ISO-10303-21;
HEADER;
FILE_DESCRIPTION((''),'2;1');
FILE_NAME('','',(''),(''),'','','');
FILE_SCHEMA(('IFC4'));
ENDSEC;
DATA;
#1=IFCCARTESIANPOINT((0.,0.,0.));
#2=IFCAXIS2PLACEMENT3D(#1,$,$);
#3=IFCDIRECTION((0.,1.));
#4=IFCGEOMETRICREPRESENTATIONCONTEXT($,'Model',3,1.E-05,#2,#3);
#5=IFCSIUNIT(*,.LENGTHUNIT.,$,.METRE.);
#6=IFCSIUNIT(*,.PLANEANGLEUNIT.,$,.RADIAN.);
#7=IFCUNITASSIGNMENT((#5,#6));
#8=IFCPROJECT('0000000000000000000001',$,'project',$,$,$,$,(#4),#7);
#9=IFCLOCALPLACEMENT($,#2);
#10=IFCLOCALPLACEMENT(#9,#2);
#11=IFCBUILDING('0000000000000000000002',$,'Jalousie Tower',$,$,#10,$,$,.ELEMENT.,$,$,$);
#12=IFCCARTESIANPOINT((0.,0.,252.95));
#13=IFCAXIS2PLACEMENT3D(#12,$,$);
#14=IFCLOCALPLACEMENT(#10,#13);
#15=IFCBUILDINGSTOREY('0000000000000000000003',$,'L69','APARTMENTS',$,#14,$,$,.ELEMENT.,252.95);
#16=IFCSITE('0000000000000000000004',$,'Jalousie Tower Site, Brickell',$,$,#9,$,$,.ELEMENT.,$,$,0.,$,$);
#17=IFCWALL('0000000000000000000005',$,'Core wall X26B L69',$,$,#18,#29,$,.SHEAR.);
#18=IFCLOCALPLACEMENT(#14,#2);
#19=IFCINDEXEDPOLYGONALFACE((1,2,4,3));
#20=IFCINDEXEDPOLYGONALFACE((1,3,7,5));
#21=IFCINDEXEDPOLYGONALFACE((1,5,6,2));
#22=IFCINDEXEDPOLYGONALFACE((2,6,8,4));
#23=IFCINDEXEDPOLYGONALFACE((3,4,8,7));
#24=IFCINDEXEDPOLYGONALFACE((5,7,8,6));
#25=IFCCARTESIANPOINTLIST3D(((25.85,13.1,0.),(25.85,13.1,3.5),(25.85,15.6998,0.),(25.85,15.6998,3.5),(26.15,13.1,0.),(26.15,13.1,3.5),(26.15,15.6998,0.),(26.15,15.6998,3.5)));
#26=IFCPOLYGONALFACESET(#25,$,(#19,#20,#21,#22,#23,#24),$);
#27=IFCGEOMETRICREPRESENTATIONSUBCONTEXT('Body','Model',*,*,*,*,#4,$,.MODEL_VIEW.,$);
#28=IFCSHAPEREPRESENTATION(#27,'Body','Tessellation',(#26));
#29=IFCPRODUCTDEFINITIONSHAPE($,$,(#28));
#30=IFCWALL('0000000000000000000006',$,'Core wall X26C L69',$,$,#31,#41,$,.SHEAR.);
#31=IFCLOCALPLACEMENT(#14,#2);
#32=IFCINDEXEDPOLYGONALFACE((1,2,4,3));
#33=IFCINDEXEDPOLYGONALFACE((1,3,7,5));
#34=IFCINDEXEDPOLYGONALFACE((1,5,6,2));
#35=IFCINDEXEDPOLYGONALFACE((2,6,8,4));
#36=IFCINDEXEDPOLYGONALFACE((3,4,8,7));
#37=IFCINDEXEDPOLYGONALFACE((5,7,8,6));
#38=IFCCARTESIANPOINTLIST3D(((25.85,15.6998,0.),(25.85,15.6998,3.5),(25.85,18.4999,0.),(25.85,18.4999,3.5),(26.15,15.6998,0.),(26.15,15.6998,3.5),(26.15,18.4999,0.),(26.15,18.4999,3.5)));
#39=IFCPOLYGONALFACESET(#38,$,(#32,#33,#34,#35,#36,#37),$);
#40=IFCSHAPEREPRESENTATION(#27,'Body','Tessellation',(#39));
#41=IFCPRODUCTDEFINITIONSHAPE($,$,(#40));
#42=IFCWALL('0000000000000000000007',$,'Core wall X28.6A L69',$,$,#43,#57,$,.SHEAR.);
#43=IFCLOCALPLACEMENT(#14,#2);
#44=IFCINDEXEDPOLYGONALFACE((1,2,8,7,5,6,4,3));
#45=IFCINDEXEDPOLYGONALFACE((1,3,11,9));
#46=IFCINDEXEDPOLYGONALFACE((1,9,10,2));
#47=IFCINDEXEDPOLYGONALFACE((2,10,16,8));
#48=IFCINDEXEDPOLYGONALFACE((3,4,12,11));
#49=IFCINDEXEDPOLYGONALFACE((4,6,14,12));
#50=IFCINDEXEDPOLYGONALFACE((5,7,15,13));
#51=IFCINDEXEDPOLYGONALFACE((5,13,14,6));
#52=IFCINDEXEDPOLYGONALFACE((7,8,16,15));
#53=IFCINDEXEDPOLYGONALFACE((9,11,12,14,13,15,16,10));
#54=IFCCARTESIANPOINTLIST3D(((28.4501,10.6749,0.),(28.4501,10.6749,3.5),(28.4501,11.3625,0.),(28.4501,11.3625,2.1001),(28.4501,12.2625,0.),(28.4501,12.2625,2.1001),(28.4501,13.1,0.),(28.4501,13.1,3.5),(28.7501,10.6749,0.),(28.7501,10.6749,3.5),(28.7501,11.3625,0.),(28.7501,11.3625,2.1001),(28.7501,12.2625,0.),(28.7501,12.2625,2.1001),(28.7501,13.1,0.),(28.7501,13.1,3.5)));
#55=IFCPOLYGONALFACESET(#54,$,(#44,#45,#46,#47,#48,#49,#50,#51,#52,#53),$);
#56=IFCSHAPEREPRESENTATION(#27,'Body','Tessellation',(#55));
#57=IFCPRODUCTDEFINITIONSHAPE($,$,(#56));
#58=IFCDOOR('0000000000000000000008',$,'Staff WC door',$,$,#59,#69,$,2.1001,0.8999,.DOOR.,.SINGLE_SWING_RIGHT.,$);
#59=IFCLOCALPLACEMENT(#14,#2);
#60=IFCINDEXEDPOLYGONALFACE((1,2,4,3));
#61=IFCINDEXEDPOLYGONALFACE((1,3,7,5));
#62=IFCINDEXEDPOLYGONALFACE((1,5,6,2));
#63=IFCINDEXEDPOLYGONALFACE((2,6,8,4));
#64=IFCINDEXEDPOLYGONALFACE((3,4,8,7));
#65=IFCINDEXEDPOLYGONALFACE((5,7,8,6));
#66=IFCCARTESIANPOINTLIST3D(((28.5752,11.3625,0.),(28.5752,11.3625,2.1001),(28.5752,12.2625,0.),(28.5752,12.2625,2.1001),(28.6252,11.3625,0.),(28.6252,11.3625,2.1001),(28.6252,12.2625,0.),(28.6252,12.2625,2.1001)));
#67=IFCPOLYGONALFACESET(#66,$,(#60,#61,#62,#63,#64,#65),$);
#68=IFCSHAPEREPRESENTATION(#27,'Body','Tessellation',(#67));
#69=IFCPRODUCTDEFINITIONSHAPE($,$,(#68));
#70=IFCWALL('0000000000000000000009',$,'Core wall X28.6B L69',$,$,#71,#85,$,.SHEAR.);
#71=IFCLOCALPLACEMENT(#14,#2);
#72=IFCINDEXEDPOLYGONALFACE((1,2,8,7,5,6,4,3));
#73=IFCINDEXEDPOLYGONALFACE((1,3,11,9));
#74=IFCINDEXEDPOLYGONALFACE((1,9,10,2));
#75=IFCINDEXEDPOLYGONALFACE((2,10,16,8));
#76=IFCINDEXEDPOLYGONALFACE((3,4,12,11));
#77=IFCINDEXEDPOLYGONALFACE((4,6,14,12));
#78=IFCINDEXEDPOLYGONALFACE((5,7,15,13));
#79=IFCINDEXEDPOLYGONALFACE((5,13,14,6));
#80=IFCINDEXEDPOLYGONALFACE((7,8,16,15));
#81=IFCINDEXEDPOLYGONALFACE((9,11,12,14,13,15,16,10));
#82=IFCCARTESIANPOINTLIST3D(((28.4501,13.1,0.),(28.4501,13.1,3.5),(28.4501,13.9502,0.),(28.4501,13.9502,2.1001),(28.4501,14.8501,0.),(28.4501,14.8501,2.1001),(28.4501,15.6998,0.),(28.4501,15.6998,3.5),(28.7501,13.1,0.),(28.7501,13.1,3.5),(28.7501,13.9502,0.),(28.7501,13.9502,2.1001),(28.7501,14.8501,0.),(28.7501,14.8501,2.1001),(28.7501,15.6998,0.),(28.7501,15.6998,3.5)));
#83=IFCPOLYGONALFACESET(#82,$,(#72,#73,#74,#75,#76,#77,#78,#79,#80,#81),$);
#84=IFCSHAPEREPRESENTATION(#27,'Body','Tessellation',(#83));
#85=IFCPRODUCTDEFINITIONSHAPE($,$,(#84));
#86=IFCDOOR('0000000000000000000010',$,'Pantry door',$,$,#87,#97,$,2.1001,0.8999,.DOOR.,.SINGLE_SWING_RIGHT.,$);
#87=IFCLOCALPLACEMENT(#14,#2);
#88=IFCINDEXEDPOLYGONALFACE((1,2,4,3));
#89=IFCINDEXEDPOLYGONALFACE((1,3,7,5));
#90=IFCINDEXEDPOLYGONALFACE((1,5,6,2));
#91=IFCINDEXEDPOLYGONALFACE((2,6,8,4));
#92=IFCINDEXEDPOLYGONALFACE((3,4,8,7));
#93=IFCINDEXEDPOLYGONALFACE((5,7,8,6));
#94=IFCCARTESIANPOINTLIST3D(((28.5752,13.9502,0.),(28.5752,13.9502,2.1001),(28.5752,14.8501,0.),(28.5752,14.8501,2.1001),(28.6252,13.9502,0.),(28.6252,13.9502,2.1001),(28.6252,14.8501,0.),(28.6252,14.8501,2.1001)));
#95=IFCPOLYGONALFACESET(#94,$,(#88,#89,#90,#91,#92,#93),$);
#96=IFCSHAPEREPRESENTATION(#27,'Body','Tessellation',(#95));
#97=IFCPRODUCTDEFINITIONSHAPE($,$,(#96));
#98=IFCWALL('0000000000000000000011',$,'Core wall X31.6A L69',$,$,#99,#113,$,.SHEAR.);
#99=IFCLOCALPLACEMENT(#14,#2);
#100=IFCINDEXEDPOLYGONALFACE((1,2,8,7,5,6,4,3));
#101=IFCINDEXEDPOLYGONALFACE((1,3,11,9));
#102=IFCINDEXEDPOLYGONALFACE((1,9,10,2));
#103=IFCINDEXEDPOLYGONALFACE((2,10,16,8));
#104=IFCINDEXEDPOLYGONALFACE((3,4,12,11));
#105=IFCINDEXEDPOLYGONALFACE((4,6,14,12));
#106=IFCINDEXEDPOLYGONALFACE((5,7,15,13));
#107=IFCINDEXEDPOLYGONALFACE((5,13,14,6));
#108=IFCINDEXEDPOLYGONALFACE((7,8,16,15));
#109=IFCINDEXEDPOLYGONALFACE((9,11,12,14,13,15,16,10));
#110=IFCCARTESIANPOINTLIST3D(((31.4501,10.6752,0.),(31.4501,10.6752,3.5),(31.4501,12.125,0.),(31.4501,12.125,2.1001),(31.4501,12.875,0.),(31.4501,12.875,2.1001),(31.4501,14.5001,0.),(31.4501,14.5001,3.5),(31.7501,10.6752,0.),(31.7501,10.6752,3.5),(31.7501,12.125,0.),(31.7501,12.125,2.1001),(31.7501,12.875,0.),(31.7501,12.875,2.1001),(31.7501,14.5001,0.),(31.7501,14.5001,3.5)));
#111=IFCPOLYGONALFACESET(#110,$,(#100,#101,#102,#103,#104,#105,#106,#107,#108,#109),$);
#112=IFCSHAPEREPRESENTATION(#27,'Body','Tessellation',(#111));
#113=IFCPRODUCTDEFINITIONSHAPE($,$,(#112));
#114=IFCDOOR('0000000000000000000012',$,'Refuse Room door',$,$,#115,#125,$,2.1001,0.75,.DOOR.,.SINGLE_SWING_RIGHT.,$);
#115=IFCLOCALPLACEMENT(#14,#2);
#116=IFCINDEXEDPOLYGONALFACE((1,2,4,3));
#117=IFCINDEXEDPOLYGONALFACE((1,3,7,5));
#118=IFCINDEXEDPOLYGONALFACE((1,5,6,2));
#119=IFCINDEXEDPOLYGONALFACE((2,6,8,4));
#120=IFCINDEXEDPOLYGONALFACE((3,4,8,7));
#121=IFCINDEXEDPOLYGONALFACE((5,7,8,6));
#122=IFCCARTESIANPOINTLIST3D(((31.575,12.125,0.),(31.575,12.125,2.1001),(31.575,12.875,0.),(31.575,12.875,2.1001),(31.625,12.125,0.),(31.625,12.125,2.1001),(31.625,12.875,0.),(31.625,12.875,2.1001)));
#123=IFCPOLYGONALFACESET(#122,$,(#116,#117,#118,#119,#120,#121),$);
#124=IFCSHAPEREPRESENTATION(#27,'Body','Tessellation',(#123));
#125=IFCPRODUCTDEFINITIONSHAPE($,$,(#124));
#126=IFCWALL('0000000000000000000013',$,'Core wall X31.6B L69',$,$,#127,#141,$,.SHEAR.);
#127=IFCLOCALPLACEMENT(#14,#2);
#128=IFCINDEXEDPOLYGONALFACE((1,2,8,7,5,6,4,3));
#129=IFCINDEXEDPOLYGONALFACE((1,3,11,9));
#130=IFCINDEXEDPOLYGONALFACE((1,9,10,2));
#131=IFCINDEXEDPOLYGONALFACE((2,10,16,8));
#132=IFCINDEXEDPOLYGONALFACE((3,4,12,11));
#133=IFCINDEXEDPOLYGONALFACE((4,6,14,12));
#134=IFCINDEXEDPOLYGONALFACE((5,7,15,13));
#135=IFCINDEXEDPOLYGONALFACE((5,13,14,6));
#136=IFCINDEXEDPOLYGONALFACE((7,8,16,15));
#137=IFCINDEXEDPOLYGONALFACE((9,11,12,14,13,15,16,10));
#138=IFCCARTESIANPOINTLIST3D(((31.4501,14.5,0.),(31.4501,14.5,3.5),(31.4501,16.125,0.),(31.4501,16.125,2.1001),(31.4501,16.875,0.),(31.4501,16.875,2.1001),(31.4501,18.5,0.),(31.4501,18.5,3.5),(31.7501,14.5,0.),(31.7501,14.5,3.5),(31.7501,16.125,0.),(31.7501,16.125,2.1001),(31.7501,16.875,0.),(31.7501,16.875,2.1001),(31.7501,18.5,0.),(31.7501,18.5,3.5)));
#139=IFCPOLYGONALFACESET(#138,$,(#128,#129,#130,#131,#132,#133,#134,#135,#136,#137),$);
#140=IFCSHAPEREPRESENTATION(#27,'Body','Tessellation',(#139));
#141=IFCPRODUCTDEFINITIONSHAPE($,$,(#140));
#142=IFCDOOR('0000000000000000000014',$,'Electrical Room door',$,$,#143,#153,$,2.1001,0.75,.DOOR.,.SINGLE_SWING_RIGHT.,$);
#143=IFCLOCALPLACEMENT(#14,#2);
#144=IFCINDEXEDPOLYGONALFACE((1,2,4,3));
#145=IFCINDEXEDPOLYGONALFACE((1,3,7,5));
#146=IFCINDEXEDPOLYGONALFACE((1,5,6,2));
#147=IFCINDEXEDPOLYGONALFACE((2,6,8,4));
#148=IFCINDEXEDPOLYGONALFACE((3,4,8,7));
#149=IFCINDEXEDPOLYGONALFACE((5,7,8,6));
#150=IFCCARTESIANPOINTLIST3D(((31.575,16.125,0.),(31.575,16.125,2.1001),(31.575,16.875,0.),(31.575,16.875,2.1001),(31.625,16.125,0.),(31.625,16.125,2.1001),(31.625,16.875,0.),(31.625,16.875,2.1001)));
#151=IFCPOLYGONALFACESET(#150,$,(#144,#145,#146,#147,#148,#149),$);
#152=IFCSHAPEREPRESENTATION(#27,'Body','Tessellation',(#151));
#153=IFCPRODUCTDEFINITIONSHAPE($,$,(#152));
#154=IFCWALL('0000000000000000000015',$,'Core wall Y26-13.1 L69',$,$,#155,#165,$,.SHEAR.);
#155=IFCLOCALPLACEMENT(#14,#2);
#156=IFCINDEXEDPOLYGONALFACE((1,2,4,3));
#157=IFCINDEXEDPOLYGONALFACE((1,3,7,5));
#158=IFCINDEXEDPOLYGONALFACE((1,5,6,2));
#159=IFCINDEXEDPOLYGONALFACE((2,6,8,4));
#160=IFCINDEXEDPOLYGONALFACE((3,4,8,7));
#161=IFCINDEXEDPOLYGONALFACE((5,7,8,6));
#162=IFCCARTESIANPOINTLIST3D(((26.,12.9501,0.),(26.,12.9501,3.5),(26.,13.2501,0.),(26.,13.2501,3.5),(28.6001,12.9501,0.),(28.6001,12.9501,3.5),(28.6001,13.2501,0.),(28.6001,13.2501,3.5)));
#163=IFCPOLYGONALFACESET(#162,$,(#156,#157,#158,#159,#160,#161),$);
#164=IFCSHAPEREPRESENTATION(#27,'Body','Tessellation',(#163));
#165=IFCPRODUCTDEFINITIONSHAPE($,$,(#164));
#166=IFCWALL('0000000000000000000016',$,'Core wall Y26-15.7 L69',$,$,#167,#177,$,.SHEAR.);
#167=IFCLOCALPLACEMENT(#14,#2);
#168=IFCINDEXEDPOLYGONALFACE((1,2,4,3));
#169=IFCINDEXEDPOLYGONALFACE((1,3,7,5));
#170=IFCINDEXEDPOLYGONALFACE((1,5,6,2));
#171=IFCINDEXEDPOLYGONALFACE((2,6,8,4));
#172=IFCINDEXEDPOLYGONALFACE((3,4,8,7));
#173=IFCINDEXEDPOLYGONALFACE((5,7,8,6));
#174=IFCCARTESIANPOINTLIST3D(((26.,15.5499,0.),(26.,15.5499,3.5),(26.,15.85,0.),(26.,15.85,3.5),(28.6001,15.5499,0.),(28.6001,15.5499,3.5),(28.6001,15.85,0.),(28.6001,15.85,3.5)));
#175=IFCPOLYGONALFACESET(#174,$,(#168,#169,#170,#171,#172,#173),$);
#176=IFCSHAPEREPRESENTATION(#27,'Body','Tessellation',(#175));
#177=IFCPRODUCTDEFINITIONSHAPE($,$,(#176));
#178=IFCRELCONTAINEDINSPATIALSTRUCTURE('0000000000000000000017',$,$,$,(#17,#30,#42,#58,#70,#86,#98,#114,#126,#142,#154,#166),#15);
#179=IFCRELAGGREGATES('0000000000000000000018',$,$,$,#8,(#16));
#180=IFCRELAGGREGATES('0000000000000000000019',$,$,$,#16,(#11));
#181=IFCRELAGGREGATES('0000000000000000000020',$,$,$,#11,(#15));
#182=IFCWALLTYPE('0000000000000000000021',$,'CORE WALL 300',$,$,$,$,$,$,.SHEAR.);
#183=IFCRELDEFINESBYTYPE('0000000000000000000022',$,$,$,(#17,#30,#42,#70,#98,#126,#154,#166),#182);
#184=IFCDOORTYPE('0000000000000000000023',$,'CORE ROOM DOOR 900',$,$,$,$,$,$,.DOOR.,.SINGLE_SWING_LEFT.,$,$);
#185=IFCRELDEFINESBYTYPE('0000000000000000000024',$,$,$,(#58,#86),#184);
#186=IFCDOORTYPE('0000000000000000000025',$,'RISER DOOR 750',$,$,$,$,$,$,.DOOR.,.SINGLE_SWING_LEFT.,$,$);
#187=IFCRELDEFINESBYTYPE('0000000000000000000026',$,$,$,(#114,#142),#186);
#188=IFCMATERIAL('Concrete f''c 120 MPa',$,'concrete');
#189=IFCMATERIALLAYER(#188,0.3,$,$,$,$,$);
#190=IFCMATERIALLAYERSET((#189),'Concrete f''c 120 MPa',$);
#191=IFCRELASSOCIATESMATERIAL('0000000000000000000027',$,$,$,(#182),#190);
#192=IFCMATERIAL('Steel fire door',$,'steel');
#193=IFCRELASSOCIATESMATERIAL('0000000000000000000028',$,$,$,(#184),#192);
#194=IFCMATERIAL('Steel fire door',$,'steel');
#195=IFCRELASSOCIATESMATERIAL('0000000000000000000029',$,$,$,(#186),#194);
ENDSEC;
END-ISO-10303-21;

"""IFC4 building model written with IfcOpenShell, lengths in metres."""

from ifc_helpers import new_model, si_unit, direction, frame, frame_2d, origin, place, context, subcontext, project, spatial, rectangle, extrude, material, layer, layer_set, type_object, element, fill, save


model = new_model("IFC4")

# Units and contexts
model_context = context("Model", 3, precision=1e-05, world=origin(), true_north=direction((0.0, 1.0)))
body_context = subcontext(model_context, "Body", "Model", "MODEL_VIEW")
ifc_project = project(units=[si_unit("LENGTHUNIT", "METRE"), si_unit("PLANEANGLEUNIT", "RADIAN")], contexts=[model_context])

# Site, building, storey
site_placement = place(None, origin())
site = spatial("IfcSite", under=ifc_project, at=site_placement, Name="Jalousie Tower Site, Brickell", CompositionType="ELEMENT", RefElevation=0.0)
building_placement = place(site_placement, origin())
building = spatial("IfcBuilding", under=site, at=building_placement, Name="Jalousie Tower", CompositionType="ELEMENT")
storey_placement = place(building_placement, frame((0.0, 0.0, 252.95)))
storey = spatial("IfcBuildingStorey", under=building, at=storey_placement, Name="L69", Description="APARTMENTS", CompositionType="ELEMENT", Elevation=252.95)

# Walls
ifc_material_1 = material(Name="Concrete f'c 120 MPa", Category="concrete")
ifc_layer_1 = layer(ifc_material_1, 0.3)
ifc_layer_set_1 = layer_set([ifc_layer_1], Name="Concrete f'c 120 MPa")
wall_type_1 = type_object("IfcWallType", Name="CORE WALL 300", PredefinedType="SHEAR", material=ifc_layer_set_1)
wall_1_placement = place(storey_placement, frame((26.0, 13.1001, 0.0), z_axis=(0.0, 0.0, 1.0), x_axis=(0.0, 1.0, 0.0)))
element("IfcWall", 1, at=wall_1_placement, inside=storey, type_object=wall_type_1, Name="Core wall X26B L69", PredefinedType="SHEAR", context=body_context, shape_type="SweptSolid", body=[
    extrude(rectangle(XDim=2.5999, YDim=0.3, at=frame_2d((1.2998, 0.0))), origin(), (0.0, 0.0, 1.0), 3.5),
])
wall_2_placement = place(storey_placement, frame((26.0, 15.7, 0.0), z_axis=(0.0, 0.0, 1.0), x_axis=(0.0, 1.0, 0.0)))
element("IfcWall", 2, at=wall_2_placement, inside=storey, type_object=wall_type_1, Name="Core wall X26C L69", PredefinedType="SHEAR", context=body_context, shape_type="SweptSolid", body=[
    extrude(rectangle(XDim=2.8, YDim=0.3, at=frame_2d((1.3999, 0.0))), origin(), (0.0, 0.0, 1.0), 3.5),
])

# Walls, openings, doors
wall_3_placement = place(storey_placement, frame((28.6001, 10.675, 0.0), z_axis=(0.0, 0.0, 1.0), x_axis=(0.0, 1.0, 0.0)))
wall_3 = element("IfcWall", 3, at=wall_3_placement, inside=storey, type_object=wall_type_1, Name="Core wall X28.6A L69", PredefinedType="SHEAR", context=body_context, shape_type="SweptSolid", body=[
    extrude(rectangle(XDim=2.425, YDim=0.3, at=frame_2d((1.2124, 0.0))), origin(), (0.0, 0.0, 1.0), 3.5),
])
opening_1_placement = place(wall_3_placement, frame((0.6875, 0.0, 0.0)))
opening_1 = element("IfcOpeningElement", 4, at=opening_1_placement, cuts=wall_3, PredefinedType="OPENING", context=body_context, shape_type="SweptSolid", body=[
    extrude(rectangle(XDim=0.8999, YDim=2.1001, at=frame_2d((0.45, 1.05))), frame((0.0, 0.1599, 0.0), z_axis=(0.0, -1.0, 0.0), x_axis=(1.0, 0.0, 0.0)), (0.0, 0.0, 1.0), 0.3201),
])
ifc_material_2 = material(Name="Steel fire door", Category="steel")
door_type_1 = type_object("IfcDoorType", Name="CORE ROOM DOOR 900", OperationType="SINGLE_SWING_LEFT", PredefinedType="DOOR", material=ifc_material_2)
door_1_placement = place(opening_1_placement, origin())
door_1 = element("IfcDoor", 5, at=door_1_placement, inside=storey, type_object=door_type_1, Name="Staff WC door", OperationType="SINGLE_SWING_RIGHT", OverallHeight=2.1001, OverallWidth=0.8999, PredefinedType="DOOR", context=body_context, shape_type="SweptSolid", body=[
    extrude(rectangle(XDim=0.8999, YDim=2.1001, at=frame_2d((0.45, 1.05))), frame((0.0, 0.0249, 0.0), z_axis=(0.0, -1.0, 0.0), x_axis=(1.0, 0.0, 0.0)), (0.0, 0.0, 1.0), 0.05),
])
fill(opening_1, door_1)
wall_4_placement = place(storey_placement, frame((28.6001, 13.1001, 0.0), z_axis=(0.0, 0.0, 1.0), x_axis=(0.0, 1.0, 0.0)))
wall_4 = element("IfcWall", 6, at=wall_4_placement, inside=storey, type_object=wall_type_1, Name="Core wall X28.6B L69", PredefinedType="SHEAR", context=body_context, shape_type="SweptSolid", body=[
    extrude(rectangle(XDim=2.5999, YDim=0.3, at=frame_2d((1.2998, 0.0))), origin(), (0.0, 0.0, 1.0), 3.5),
])
opening_2_placement = place(wall_4_placement, frame((0.8501, 0.0, 0.0)))
opening_2 = element("IfcOpeningElement", 7, at=opening_2_placement, cuts=wall_4, PredefinedType="OPENING", context=body_context, shape_type="SweptSolid", body=[
    extrude(rectangle(XDim=0.8999, YDim=2.1001, at=frame_2d((0.45, 1.05))), frame((0.0, 0.1599, 0.0), z_axis=(0.0, -1.0, 0.0), x_axis=(1.0, 0.0, 0.0)), (0.0, 0.0, 1.0), 0.3201),
])
door_2_placement = place(opening_2_placement, origin())
door_2 = element("IfcDoor", 8, at=door_2_placement, inside=storey, type_object=door_type_1, Name="Pantry door", OperationType="SINGLE_SWING_RIGHT", OverallHeight=2.1001, OverallWidth=0.8999, PredefinedType="DOOR", context=body_context, shape_type="SweptSolid", body=[
    extrude(rectangle(XDim=0.8999, YDim=2.1001, at=frame_2d((0.45, 1.05))), frame((0.0, 0.0249, 0.0), z_axis=(0.0, -1.0, 0.0), x_axis=(1.0, 0.0, 0.0)), (0.0, 0.0, 1.0), 0.05),
])
fill(opening_2, door_2)
wall_5_placement = place(storey_placement, frame((31.6001, 10.675, 0.0), z_axis=(0.0, 0.0, 1.0), x_axis=(0.0, 1.0, 0.0)))
wall_5 = element("IfcWall", 9, at=wall_5_placement, inside=storey, type_object=wall_type_1, Name="Core wall X31.6A L69", PredefinedType="SHEAR", context=body_context, shape_type="SweptSolid", body=[
    extrude(rectangle(XDim=3.825, YDim=0.3, at=frame_2d((1.9126, 0.0))), origin(), (0.0, 0.0, 1.0), 3.5),
])
opening_3_placement = place(wall_5_placement, frame((1.45, 0.0, 0.0)))
opening_3 = element("IfcOpeningElement", 10, at=opening_3_placement, cuts=wall_5, PredefinedType="OPENING", context=body_context, shape_type="SweptSolid", body=[
    extrude(rectangle(XDim=0.75, YDim=2.1001, at=frame_2d((0.375, 1.05))), frame((0.0, 0.1599, 0.0), z_axis=(0.0, -1.0, 0.0), x_axis=(1.0, 0.0, 0.0)), (0.0, 0.0, 1.0), 0.3201),
])
ifc_material_3 = material(Name="Steel fire door", Category="steel")
door_type_2 = type_object("IfcDoorType", Name="RISER DOOR 750", OperationType="SINGLE_SWING_LEFT", PredefinedType="DOOR", material=ifc_material_3)
door_3_placement = place(opening_3_placement, frame((0.75, 0.0, 0.0), z_axis=(0.0, 0.0, 1.0), x_axis=(-1.0, 0.0, 0.0)))
door_3 = element("IfcDoor", 11, at=door_3_placement, inside=storey, type_object=door_type_2, Name="Refuse Room door", OperationType="SINGLE_SWING_RIGHT", OverallHeight=2.1001, OverallWidth=0.75, PredefinedType="DOOR", context=body_context, shape_type="SweptSolid", body=[
    extrude(rectangle(XDim=0.75, YDim=2.1001, at=frame_2d((0.375, 1.05))), frame((0.0, 0.0249, 0.0), z_axis=(0.0, -1.0, 0.0), x_axis=(1.0, 0.0, 0.0)), (0.0, 0.0, 1.0), 0.05),
])
fill(opening_3, door_3)
wall_6_placement = place(storey_placement, frame((31.6001, 14.5, 0.0), z_axis=(0.0, 0.0, 1.0), x_axis=(0.0, 1.0, 0.0)))
wall_6 = element("IfcWall", 12, at=wall_6_placement, inside=storey, type_object=wall_type_1, Name="Core wall X31.6B L69", PredefinedType="SHEAR", context=body_context, shape_type="SweptSolid", body=[
    extrude(rectangle(XDim=4.0, YDim=0.3, at=frame_2d((2.0, 0.0))), origin(), (0.0, 0.0, 1.0), 3.5),
])
opening_4_placement = place(wall_6_placement, frame((1.625, 0.0, 0.0)))
opening_4 = element("IfcOpeningElement", 13, at=opening_4_placement, cuts=wall_6, PredefinedType="OPENING", context=body_context, shape_type="SweptSolid", body=[
    extrude(rectangle(XDim=0.75, YDim=2.1001, at=frame_2d((0.375, 1.05))), frame((0.0, 0.1599, 0.0), z_axis=(0.0, -1.0, 0.0), x_axis=(1.0, 0.0, 0.0)), (0.0, 0.0, 1.0), 0.3201),
])
door_4_placement = place(opening_4_placement, frame((0.75, 0.0, 0.0), z_axis=(0.0, 0.0, 1.0), x_axis=(-1.0, 0.0, 0.0)))
door_4 = element("IfcDoor", 14, at=door_4_placement, inside=storey, type_object=door_type_2, Name="Electrical Room door", OperationType="SINGLE_SWING_RIGHT", OverallHeight=2.1001, OverallWidth=0.75, PredefinedType="DOOR", context=body_context, shape_type="SweptSolid", body=[
    extrude(rectangle(XDim=0.75, YDim=2.1001, at=frame_2d((0.375, 1.05))), frame((0.0, 0.0249, 0.0), z_axis=(0.0, -1.0, 0.0), x_axis=(1.0, 0.0, 0.0)), (0.0, 0.0, 1.0), 0.05),
])
fill(opening_4, door_4)

# Walls
for number, where, z_axis, x_axis, name in (
    (15, (26.0, 13.1001, 0.0), (0.0, 0.0, 1.0), (1.0, 0.0, 0.0), "Core wall Y26-13.1 L69"),
    (16, (26.0, 15.7, 0.0), (0.0, 0.0, 1.0), (1.0, 0.0, 0.0), "Core wall Y26-15.7 L69"),
):
    element("IfcWall", number, at=place(storey_placement, frame(where, z_axis=z_axis, x_axis=x_axis)), inside=storey, type_object=wall_type_1, Name=name, PredefinedType="SHEAR", context=body_context, shape_type="SweptSolid", body=[
        extrude(rectangle(XDim=2.6001, YDim=0.3, at=frame_2d((1.3, 0.0))), origin(), (0.0, 0.0, 1.0), 3.5),
    ])

save(model, "model.ifc")
